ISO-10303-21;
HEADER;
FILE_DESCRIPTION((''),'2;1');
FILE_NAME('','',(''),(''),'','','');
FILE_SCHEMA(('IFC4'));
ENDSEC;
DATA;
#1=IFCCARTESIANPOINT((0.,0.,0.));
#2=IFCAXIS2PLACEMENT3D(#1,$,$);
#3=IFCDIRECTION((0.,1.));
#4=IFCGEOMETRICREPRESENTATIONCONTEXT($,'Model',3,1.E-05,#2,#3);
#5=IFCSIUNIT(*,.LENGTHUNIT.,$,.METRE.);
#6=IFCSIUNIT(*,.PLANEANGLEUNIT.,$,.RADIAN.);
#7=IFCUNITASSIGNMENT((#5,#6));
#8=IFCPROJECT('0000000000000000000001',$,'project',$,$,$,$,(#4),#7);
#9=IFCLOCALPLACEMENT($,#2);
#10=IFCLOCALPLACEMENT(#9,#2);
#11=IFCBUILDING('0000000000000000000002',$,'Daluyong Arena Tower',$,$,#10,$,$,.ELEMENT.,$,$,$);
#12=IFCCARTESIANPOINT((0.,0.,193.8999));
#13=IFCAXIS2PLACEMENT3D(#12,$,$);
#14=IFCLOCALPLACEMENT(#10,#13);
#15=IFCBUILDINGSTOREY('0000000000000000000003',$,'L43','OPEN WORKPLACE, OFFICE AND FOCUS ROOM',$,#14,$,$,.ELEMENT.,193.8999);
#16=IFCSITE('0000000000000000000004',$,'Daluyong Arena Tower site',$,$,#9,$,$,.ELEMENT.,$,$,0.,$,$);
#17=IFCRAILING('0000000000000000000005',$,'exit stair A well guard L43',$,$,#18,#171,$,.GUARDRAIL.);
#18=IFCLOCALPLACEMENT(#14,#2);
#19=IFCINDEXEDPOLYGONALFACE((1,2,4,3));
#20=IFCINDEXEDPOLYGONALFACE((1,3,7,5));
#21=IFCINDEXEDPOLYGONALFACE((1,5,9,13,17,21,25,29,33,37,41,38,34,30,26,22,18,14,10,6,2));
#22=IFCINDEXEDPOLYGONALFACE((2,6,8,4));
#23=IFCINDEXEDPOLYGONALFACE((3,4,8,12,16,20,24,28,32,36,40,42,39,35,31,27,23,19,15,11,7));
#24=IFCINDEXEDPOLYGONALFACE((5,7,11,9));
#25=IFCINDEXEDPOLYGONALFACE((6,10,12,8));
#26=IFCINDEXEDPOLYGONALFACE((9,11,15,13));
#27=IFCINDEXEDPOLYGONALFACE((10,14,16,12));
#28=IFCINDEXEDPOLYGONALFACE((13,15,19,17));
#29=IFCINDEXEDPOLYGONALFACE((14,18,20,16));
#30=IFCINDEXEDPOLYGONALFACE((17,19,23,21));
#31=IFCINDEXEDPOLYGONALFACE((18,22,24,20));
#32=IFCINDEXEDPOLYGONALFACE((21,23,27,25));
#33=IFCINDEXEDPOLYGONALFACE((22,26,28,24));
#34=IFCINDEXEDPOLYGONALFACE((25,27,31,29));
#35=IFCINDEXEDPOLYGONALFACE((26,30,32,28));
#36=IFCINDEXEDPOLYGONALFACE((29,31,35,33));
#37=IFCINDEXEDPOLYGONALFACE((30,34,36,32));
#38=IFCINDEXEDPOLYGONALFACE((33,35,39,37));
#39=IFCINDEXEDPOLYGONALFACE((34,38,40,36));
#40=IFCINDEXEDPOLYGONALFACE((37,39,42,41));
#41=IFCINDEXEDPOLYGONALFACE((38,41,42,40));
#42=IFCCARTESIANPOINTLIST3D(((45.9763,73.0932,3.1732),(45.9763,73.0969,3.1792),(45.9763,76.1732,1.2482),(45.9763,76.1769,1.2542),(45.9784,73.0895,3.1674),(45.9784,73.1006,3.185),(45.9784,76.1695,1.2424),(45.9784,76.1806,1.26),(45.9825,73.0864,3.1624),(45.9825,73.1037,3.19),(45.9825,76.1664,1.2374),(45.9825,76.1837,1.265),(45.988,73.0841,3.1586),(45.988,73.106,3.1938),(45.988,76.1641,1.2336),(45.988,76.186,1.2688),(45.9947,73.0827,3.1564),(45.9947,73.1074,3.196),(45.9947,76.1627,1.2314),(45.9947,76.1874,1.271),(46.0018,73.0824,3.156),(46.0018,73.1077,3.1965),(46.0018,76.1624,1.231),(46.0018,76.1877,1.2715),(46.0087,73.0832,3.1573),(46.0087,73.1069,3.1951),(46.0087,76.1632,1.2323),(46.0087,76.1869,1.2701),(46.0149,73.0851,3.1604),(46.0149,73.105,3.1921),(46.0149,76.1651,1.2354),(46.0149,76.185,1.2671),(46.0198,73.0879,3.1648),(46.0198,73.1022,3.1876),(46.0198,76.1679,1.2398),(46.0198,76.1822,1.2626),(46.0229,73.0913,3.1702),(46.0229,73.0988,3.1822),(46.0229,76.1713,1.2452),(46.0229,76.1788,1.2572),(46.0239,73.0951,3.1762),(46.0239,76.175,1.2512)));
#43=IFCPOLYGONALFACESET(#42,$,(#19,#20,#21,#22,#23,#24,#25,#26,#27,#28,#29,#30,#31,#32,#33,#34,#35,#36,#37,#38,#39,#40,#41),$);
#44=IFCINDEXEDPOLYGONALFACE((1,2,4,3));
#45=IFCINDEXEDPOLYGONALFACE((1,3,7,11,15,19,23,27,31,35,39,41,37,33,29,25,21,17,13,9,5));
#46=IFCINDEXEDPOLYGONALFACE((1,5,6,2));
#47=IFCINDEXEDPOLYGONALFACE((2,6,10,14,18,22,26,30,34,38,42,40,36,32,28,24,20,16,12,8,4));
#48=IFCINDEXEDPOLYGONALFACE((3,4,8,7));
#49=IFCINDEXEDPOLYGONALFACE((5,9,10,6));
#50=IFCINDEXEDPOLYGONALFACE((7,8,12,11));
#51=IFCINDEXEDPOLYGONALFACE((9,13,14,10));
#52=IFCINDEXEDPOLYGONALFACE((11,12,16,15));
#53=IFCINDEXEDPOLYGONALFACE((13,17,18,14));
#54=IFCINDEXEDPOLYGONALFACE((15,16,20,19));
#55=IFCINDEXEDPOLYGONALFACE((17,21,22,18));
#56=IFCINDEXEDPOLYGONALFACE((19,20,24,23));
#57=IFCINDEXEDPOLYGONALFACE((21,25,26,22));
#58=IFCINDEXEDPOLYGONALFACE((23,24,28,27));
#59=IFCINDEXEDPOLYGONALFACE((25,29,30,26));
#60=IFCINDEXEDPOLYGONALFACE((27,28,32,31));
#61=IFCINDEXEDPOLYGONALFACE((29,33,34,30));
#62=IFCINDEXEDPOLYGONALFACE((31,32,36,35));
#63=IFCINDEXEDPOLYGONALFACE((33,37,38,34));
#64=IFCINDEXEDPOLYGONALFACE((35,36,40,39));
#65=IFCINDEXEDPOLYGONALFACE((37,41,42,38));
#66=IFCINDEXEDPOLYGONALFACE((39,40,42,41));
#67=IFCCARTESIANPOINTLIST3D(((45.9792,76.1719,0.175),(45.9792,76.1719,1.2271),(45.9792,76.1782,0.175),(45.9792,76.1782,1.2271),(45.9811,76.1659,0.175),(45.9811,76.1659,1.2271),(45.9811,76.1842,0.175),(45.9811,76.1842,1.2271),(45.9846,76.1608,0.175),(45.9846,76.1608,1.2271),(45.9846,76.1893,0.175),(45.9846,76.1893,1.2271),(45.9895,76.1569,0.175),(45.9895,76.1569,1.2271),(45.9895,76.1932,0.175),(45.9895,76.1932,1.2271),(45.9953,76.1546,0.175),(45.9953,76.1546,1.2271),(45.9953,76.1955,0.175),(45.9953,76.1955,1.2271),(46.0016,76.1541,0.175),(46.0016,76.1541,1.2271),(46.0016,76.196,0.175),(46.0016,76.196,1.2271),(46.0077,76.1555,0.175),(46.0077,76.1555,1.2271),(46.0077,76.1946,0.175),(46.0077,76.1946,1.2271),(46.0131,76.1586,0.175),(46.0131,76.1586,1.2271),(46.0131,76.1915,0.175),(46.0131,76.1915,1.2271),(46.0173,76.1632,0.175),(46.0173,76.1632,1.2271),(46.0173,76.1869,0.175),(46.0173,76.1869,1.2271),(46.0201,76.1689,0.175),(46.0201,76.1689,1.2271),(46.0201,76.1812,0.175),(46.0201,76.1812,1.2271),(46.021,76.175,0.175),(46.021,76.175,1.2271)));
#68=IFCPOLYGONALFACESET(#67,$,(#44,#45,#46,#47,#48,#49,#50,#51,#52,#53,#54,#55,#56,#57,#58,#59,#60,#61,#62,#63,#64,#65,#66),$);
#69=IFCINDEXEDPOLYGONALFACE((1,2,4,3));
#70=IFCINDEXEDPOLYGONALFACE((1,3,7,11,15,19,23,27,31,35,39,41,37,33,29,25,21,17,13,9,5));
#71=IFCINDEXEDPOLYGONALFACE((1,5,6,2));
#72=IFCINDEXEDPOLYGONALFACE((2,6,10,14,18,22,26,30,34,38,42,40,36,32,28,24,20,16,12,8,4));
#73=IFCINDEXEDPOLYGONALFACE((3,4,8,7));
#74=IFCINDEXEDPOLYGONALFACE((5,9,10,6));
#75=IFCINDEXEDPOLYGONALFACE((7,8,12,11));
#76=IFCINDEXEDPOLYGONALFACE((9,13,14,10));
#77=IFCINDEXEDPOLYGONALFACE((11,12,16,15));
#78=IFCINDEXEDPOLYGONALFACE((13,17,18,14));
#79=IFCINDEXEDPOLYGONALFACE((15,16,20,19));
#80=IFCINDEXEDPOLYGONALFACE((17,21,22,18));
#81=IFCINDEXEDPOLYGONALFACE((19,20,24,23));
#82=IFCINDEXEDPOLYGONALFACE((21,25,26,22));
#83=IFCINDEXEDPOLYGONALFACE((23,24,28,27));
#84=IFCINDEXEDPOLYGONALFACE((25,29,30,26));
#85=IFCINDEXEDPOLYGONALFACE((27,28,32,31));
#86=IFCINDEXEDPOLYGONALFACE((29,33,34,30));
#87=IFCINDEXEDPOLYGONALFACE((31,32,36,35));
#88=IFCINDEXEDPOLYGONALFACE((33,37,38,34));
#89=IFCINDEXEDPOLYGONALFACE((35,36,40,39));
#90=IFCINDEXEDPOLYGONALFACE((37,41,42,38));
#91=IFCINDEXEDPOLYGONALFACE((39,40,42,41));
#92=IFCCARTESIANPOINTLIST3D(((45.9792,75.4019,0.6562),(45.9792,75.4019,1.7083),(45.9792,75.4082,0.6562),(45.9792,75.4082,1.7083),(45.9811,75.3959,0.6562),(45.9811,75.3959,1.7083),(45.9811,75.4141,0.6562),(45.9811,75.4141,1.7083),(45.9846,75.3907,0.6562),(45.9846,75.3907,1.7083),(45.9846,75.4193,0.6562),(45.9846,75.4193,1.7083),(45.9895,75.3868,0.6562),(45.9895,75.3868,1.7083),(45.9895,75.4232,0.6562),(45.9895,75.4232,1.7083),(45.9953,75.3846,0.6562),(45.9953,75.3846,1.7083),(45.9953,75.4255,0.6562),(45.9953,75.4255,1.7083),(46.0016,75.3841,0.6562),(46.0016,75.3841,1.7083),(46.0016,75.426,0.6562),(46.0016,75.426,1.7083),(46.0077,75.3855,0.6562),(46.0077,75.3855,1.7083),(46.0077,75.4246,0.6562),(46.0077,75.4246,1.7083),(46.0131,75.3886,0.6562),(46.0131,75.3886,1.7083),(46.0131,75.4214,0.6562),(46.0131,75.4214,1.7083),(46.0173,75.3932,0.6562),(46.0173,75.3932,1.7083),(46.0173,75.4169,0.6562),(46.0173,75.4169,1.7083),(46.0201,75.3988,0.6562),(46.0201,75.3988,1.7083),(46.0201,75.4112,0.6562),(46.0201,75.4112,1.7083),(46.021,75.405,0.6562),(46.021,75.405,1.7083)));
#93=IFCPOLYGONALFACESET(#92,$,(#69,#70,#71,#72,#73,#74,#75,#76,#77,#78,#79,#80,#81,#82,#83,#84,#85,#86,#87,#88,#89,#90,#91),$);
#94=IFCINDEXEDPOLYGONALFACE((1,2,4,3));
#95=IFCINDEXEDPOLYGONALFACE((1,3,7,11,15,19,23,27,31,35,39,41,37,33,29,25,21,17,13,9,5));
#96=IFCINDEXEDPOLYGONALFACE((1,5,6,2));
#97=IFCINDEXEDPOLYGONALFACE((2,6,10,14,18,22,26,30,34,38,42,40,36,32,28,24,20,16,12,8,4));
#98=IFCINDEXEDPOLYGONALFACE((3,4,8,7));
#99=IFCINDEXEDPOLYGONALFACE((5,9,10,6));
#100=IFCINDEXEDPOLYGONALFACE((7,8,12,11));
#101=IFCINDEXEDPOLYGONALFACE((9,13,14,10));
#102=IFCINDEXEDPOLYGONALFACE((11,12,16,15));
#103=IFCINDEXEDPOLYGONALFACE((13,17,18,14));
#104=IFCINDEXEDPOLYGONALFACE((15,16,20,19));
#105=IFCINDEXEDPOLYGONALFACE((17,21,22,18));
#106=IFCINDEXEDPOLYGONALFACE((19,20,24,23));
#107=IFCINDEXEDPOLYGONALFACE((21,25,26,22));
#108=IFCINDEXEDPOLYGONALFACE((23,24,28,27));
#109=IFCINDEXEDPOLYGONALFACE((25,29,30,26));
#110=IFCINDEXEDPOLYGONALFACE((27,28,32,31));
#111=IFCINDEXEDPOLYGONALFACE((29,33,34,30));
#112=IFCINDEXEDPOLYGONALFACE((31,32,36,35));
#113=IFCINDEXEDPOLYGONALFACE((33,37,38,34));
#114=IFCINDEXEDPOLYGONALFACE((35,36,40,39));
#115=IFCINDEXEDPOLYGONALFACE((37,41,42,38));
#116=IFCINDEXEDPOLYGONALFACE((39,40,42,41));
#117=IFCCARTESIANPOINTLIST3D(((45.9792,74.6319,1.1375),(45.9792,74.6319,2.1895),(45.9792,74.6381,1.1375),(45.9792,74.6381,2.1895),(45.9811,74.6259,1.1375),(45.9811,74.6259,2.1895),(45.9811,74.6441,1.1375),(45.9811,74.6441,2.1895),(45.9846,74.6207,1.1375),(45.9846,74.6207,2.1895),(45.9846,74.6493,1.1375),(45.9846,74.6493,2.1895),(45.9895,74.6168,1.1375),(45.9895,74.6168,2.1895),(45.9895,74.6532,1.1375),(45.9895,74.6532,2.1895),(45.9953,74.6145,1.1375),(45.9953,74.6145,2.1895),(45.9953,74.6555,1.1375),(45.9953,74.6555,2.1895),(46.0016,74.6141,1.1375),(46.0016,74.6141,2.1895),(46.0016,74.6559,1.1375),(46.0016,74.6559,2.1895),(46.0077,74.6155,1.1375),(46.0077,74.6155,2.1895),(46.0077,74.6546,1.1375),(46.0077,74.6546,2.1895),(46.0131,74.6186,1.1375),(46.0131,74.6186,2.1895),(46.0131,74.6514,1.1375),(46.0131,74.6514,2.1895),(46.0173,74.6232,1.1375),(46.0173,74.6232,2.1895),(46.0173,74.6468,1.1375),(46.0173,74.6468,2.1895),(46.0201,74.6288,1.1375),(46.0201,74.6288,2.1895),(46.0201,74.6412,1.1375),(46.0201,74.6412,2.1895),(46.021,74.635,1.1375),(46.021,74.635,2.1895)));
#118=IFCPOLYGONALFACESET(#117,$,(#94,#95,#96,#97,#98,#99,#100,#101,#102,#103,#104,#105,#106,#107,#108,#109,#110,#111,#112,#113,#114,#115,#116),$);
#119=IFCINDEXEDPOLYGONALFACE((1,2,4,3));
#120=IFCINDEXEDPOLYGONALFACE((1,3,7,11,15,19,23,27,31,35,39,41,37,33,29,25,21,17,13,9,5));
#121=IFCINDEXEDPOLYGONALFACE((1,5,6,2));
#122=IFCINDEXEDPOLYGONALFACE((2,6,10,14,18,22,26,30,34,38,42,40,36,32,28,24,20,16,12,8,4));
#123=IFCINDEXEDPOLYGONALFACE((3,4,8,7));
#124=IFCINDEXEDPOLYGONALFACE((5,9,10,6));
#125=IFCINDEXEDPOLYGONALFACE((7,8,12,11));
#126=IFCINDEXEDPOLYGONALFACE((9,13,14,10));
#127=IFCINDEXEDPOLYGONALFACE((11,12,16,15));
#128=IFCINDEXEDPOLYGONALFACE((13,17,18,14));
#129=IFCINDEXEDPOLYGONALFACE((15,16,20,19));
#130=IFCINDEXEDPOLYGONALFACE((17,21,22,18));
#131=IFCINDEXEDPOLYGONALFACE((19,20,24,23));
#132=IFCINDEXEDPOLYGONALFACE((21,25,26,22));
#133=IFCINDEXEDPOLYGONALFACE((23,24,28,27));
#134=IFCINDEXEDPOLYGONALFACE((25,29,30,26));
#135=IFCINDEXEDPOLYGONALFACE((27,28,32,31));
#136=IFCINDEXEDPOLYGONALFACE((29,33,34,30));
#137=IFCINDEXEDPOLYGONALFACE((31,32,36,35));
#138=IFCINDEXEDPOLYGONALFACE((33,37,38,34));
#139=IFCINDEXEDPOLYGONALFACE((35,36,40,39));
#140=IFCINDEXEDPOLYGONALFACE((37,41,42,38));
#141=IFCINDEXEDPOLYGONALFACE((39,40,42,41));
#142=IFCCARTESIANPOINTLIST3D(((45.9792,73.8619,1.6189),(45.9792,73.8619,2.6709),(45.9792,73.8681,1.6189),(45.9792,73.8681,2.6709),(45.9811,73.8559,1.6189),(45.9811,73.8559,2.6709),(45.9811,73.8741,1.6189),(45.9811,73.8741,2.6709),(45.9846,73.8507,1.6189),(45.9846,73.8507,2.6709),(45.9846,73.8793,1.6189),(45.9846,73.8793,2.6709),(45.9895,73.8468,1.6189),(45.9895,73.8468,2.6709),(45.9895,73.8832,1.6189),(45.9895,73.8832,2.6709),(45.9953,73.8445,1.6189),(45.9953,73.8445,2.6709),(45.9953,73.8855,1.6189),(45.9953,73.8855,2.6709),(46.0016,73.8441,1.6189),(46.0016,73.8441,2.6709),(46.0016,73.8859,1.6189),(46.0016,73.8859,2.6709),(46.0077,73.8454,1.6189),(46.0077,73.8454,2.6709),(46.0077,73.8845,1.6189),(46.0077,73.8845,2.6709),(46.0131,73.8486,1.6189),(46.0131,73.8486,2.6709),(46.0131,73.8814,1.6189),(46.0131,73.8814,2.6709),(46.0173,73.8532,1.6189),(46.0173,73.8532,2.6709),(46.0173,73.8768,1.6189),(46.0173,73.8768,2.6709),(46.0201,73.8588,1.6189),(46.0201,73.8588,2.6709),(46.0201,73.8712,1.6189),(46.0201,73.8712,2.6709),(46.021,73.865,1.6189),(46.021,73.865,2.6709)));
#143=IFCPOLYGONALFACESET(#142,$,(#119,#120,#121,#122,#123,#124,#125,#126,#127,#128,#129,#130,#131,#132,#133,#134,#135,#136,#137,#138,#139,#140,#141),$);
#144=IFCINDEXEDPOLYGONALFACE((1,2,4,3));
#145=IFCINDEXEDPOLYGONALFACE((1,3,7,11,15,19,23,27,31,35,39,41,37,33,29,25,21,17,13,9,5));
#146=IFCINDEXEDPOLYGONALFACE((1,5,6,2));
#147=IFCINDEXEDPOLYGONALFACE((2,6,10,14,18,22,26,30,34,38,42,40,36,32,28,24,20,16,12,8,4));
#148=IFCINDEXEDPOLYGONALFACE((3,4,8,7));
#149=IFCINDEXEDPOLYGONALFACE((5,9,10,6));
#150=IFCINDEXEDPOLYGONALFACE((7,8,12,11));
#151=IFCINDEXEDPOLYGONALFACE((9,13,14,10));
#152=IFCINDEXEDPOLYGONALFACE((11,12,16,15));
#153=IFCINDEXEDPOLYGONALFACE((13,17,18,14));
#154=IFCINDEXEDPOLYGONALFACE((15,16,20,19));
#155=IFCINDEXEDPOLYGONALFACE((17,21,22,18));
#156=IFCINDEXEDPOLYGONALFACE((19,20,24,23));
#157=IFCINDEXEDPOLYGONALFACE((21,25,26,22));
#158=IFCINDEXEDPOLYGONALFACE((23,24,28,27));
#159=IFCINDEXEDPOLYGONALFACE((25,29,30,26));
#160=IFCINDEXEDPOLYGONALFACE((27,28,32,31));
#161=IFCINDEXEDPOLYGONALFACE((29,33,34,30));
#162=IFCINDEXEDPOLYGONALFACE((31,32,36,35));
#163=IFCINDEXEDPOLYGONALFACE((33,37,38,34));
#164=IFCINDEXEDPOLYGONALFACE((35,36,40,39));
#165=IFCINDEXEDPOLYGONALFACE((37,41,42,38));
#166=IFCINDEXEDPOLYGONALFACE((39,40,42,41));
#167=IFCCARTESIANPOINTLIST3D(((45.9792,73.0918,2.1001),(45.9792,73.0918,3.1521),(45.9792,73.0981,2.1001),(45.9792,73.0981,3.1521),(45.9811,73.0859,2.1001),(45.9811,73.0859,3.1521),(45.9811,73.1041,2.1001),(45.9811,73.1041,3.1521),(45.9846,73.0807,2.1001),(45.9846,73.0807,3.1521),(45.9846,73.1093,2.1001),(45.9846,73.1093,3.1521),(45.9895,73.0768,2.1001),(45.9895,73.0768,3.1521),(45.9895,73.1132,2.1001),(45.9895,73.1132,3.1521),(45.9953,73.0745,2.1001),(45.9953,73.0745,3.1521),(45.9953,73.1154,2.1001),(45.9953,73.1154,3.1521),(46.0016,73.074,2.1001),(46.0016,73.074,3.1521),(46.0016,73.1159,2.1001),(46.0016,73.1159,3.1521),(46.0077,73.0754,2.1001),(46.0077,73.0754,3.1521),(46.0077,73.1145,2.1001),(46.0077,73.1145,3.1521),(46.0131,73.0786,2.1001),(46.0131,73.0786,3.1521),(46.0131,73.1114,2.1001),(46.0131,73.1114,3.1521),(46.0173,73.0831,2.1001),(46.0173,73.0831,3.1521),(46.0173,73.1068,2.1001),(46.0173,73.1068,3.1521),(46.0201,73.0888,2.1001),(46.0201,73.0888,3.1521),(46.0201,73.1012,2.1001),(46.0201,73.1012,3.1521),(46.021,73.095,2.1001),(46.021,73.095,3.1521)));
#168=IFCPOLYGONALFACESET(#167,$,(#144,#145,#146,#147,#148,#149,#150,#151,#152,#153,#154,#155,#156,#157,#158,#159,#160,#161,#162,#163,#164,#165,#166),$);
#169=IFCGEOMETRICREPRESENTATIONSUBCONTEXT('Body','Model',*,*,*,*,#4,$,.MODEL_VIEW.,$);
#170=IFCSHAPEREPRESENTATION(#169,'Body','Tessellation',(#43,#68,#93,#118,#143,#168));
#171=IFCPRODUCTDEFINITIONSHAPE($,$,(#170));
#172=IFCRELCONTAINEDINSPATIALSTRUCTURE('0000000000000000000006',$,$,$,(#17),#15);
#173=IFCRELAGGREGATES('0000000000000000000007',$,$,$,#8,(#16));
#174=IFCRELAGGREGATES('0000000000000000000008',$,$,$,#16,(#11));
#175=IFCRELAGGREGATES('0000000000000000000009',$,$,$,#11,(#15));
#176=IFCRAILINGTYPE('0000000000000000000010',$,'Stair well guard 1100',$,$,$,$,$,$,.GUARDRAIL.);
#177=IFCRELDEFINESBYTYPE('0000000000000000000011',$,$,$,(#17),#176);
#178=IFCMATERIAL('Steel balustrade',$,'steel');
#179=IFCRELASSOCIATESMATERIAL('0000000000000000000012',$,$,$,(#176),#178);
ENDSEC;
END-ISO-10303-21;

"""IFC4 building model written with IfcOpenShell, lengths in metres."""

from ifc_helpers import new_model, si_unit, direction, frame, origin, origin_2d, place, context, subcontext, project, spatial, circle, extrude, material, type_object, element, save


model = new_model("IFC4")

# Units and contexts
model_context = context("Model", 3, precision=1e-05, world=origin(), true_north=direction((0.0, 1.0)))
body_context = subcontext(model_context, "Body", "Model", "MODEL_VIEW")
ifc_project = project(units=[si_unit("LENGTHUNIT", "METRE"), si_unit("PLANEANGLEUNIT", "RADIAN")], contexts=[model_context])

# Site, building, storey
site_placement = place(None, origin())
site = spatial("IfcSite", under=ifc_project, at=site_placement, Name="Daluyong Arena Tower site", CompositionType="ELEMENT", RefElevation=0.0)
building_placement = place(site_placement, origin())
building = spatial("IfcBuilding", under=site, at=building_placement, Name="Daluyong Arena Tower", CompositionType="ELEMENT")
storey_placement = place(building_placement, frame((0.0, 0.0, 193.8999)))
storey = spatial("IfcBuildingStorey", under=building, at=storey_placement, Name="L43", Description="OPEN WORKPLACE, OFFICE AND FOCUS ROOM", CompositionType="ELEMENT", Elevation=193.8999)

# Railing
ifc_material_1 = material(Name="Steel balustrade", Category="steel")
railing_type_1 = type_object("IfcRailingType", Name="Stair well guard 1100", PredefinedType="GUARDRAIL", material=ifc_material_1)
railing_1_placement = place(storey_placement, frame((46.0, 76.175, 0.175)))
element("IfcRailing", 1, at=railing_1_placement, inside=storey, type_object=railing_type_1, Name="exit stair A well guard L43", PredefinedType="GUARDRAIL", context=body_context, shape_type="SweptSolid", body=[
    extrude(circle(Radius=0.0239, at=origin_2d()), frame((0.0, 0.0, 1.0762), z_axis=(0.0, -0.847998, 0.529999), x_axis=(1.0, 0.0, 0.0)), (0.0, 0.0, 1.0), 3.6321),
    extrude(circle(Radius=0.021, at=origin_2d()), origin(), (0.0, 0.0, 1.0), 1.052),
    extrude(circle(Radius=0.021, at=origin_2d()), frame((0.0, -0.77, 0.4812)), (0.0, 0.0, 1.0), 1.052),
    extrude(circle(Radius=0.021, at=origin_2d()), frame((0.0, -1.54, 0.9624)), (0.0, 0.0, 1.0), 1.052),
    extrude(circle(Radius=0.021, at=origin_2d()), frame((0.0, -2.3101, 1.4438)), (0.0, 0.0, 1.0), 1.052),
    extrude(circle(Radius=0.021, at=origin_2d()), frame((0.0, -3.0801, 1.925)), (0.0, 0.0, 1.0), 1.052),
])

save(model, "model.ifc")
